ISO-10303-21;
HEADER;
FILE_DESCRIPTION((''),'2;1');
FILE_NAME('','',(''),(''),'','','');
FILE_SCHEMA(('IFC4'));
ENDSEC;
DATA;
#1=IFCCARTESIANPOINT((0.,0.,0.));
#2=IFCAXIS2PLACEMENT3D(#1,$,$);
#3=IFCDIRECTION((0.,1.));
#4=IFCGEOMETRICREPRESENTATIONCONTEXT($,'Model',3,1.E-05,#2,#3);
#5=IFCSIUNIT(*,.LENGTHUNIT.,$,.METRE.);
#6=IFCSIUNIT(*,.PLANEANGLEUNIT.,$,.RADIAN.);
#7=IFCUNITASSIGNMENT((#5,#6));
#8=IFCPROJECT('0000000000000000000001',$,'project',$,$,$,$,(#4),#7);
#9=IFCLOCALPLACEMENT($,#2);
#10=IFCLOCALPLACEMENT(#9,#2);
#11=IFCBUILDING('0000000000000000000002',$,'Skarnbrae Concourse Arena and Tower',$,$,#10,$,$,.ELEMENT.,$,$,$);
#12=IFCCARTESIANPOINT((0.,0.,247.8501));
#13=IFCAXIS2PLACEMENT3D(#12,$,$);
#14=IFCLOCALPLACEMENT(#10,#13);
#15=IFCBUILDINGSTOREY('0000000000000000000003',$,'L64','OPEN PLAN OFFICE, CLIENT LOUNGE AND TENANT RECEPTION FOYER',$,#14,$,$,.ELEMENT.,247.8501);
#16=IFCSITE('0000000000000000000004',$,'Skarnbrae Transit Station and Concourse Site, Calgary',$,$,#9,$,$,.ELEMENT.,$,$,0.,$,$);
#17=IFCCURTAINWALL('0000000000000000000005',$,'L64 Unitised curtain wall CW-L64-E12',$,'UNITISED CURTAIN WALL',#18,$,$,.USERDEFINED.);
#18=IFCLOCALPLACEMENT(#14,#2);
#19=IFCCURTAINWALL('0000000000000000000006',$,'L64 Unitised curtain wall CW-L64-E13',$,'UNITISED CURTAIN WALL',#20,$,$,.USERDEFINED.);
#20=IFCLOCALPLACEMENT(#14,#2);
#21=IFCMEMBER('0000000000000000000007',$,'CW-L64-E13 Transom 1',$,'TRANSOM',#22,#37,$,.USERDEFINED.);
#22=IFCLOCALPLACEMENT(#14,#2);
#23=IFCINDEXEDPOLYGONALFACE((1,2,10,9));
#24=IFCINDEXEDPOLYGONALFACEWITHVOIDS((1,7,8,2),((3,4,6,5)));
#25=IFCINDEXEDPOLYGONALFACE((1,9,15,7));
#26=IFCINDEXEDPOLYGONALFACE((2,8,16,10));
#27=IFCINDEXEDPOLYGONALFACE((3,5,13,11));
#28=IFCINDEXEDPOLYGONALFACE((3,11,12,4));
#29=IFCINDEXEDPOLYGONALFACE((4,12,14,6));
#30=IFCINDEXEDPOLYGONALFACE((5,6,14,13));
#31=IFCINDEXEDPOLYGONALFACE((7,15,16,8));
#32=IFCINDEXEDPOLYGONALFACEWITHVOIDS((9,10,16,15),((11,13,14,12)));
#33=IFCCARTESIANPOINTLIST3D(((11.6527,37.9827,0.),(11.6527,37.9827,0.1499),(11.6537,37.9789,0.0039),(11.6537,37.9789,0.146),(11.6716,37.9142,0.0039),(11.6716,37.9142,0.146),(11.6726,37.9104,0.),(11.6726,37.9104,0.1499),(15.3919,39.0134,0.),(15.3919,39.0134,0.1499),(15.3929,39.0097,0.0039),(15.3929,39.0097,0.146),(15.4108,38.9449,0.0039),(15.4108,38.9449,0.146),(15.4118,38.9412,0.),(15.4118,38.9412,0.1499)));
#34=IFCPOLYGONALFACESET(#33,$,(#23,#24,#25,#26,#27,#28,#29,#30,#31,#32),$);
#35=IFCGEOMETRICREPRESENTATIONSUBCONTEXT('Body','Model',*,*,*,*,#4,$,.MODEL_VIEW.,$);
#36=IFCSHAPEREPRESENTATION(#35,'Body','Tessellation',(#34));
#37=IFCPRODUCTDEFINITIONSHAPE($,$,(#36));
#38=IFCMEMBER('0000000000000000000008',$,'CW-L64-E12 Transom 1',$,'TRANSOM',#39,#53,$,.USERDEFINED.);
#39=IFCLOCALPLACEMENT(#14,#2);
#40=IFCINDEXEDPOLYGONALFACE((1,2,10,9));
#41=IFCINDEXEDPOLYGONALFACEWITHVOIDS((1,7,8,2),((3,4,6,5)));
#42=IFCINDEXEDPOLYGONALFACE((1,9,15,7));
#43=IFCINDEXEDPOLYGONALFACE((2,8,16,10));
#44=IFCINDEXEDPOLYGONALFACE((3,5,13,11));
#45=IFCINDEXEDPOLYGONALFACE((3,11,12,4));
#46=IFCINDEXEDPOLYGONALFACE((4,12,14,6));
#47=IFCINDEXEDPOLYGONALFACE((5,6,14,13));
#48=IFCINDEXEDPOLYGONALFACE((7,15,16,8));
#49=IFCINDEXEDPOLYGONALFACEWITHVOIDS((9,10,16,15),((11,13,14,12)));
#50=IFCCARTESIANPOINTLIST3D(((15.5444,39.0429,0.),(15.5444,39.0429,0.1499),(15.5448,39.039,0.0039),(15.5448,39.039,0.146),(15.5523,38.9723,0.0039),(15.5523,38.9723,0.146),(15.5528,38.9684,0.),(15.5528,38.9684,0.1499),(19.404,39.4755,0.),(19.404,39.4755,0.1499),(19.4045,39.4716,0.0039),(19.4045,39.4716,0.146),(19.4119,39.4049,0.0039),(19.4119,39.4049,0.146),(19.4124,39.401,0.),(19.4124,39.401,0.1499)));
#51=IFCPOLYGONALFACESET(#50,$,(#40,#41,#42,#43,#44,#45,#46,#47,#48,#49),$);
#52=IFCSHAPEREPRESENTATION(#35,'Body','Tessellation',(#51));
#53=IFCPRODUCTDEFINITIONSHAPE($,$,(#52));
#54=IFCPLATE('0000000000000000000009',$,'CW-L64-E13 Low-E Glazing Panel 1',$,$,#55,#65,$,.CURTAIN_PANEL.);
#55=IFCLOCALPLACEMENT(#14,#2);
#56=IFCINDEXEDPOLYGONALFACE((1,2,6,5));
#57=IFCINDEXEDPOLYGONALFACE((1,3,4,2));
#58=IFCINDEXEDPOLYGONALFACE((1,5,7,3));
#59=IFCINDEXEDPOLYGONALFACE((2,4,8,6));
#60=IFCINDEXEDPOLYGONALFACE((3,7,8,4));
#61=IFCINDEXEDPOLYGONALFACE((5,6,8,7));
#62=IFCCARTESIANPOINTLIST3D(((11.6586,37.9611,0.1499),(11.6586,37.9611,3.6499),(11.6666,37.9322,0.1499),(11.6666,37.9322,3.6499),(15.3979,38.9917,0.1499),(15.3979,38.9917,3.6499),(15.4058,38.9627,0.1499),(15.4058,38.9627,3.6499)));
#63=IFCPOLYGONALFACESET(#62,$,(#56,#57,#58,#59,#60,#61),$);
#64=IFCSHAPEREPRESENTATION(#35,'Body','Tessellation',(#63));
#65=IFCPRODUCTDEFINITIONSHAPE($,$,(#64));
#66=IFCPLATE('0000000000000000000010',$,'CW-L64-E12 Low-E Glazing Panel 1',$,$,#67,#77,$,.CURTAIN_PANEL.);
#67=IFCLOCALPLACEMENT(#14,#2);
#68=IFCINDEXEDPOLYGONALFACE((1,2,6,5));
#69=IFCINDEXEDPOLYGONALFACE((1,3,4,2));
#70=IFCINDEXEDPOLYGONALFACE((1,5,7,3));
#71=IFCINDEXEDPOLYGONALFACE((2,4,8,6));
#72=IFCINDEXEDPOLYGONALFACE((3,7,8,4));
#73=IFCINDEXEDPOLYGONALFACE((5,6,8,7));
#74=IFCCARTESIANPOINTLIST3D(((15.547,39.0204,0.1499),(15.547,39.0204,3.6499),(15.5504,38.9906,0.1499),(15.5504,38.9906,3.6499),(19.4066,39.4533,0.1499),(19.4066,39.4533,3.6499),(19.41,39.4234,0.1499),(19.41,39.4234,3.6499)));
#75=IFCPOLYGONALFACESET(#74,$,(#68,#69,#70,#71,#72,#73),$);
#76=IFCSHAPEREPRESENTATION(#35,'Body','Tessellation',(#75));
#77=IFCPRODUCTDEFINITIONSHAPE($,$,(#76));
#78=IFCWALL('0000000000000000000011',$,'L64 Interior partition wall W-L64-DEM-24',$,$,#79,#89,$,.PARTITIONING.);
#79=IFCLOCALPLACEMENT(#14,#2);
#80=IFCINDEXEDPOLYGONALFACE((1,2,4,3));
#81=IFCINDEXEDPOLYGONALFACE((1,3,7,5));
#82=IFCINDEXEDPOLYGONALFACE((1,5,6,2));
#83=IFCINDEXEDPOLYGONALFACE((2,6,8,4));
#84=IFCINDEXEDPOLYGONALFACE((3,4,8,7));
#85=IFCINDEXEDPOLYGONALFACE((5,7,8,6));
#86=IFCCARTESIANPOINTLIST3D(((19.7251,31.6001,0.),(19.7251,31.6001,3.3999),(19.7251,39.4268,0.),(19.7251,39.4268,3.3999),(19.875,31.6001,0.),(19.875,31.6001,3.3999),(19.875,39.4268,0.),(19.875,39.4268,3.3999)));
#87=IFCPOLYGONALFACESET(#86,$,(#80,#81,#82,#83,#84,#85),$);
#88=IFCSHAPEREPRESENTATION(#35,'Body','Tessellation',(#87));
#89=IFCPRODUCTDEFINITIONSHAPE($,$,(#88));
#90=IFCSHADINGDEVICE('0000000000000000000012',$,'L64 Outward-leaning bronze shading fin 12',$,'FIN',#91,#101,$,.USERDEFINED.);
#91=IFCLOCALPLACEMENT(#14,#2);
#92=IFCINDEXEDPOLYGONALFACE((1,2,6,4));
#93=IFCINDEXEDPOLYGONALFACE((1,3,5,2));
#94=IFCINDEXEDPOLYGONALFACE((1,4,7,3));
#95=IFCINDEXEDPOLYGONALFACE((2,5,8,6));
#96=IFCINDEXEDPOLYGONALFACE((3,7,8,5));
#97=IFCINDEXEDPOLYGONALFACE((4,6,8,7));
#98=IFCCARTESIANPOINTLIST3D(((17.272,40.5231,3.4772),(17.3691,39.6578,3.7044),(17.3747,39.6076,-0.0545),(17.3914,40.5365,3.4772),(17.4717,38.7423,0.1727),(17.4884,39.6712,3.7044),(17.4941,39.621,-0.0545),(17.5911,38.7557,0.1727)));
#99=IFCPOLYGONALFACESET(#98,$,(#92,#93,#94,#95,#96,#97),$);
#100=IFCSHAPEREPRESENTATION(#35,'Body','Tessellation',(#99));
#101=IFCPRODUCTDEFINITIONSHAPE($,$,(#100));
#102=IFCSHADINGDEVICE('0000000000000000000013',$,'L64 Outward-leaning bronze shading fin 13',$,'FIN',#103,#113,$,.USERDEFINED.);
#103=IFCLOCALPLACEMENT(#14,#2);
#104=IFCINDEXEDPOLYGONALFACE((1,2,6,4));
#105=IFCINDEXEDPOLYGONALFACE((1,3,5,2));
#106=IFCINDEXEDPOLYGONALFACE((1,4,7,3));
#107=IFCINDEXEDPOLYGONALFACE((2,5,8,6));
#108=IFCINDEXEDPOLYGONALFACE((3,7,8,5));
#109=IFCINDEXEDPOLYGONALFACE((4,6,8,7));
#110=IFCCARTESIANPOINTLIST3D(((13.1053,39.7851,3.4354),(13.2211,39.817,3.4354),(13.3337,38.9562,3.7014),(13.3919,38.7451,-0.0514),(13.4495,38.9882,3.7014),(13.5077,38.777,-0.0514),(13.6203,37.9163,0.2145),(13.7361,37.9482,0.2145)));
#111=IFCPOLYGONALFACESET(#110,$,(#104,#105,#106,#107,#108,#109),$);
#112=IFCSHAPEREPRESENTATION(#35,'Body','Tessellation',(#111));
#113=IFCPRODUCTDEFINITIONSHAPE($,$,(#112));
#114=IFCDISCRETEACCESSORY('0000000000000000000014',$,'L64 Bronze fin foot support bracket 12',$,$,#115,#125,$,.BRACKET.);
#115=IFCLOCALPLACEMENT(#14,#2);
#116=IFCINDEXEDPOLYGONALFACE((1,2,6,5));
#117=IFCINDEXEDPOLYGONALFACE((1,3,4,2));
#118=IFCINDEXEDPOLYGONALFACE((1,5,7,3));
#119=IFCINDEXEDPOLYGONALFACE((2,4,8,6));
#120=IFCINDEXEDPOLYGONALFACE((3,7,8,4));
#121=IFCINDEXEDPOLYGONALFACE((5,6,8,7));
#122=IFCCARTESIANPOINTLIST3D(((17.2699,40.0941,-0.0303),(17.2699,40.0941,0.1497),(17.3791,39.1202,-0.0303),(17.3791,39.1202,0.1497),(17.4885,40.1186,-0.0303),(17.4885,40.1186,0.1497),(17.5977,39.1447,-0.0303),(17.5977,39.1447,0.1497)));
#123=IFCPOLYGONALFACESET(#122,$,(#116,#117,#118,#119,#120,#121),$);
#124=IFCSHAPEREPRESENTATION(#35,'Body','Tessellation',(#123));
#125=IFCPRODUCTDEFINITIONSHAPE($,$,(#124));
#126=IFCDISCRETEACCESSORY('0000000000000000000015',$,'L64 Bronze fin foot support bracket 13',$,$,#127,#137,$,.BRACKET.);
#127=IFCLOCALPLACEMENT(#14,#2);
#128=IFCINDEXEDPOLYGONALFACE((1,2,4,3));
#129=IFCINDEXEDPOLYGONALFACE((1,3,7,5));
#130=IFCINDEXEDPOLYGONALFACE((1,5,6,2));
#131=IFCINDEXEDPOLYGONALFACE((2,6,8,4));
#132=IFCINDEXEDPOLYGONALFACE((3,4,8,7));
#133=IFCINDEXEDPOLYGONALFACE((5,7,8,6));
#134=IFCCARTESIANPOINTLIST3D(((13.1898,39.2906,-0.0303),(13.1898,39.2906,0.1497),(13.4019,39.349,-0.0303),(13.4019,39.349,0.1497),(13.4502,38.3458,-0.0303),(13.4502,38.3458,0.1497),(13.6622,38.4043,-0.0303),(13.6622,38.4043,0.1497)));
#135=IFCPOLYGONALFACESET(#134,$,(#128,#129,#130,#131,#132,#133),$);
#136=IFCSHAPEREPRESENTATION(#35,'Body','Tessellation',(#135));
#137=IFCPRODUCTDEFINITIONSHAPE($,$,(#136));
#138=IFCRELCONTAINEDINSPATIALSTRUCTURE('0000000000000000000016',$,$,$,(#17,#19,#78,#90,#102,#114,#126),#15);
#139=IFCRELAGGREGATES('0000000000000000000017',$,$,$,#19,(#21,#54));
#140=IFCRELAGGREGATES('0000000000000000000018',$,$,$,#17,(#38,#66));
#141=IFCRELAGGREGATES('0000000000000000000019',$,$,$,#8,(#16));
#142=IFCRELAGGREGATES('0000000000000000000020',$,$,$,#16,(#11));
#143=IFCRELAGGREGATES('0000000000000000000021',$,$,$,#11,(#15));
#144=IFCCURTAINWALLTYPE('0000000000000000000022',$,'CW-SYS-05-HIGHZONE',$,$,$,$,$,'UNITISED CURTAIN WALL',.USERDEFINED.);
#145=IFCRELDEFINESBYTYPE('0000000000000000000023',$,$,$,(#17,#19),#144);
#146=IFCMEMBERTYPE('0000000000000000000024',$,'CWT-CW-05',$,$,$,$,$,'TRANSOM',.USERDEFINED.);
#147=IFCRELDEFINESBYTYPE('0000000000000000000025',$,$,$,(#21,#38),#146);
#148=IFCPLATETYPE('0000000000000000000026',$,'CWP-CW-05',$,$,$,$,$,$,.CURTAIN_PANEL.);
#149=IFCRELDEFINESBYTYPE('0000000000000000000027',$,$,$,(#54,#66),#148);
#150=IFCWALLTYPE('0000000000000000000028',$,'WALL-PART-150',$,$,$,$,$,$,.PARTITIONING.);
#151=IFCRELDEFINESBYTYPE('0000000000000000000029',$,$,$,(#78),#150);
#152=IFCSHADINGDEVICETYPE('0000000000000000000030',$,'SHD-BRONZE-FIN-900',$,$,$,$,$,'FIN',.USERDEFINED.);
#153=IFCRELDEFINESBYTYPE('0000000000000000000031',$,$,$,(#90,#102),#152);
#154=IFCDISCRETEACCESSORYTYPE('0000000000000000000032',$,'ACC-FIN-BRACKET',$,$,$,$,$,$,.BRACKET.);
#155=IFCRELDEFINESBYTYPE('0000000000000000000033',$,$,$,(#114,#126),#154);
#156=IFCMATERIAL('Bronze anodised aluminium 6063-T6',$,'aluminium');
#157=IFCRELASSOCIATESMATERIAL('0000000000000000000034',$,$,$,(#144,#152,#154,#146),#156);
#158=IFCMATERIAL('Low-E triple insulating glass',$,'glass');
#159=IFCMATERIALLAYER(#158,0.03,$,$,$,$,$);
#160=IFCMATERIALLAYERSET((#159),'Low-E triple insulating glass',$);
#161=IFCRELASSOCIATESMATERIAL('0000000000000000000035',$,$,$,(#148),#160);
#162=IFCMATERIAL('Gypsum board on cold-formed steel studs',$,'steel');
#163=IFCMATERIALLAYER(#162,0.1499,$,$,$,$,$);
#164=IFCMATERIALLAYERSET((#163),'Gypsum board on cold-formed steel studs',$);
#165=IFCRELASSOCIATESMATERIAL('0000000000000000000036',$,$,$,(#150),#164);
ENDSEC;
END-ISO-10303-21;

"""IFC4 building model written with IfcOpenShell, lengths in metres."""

from ifc_helpers import new_model, si_unit, direction, frame, frame_2d, origin, origin_2d, place, context, subcontext, project, spatial, rectangle, hollow_rectangle, extrude, source, transform, mapped, material, layer, layer_set, material_profile, profile_set, type_object, element, aggregate, save


model = new_model("IFC4")

# Units and contexts
model_context = context("Model", 3, precision=1e-05, world=origin(), true_north=direction((0.0, 1.0)))
body_context = subcontext(model_context, "Body", "Model", "MODEL_VIEW")
ifc_project = project(units=[si_unit("LENGTHUNIT", "METRE"), si_unit("PLANEANGLEUNIT", "RADIAN")], contexts=[model_context])

# Site, building, storey
site_placement = place(None, origin())
site = spatial("IfcSite", under=ifc_project, at=site_placement, Name="Skarnbrae Transit Station and Concourse Site, Calgary", CompositionType="ELEMENT", RefElevation=0.0)
building_placement = place(site_placement, origin())
building = spatial("IfcBuilding", under=site, at=building_placement, Name="Skarnbrae Concourse Arena and Tower", CompositionType="ELEMENT")
storey_placement = place(building_placement, frame((0.0, 0.0, 247.8501)))
storey = spatial("IfcBuildingStorey", under=building, at=storey_placement, Name="L64", Description="OPEN PLAN OFFICE, CLIENT LOUNGE AND TENANT RECEPTION FOYER", CompositionType="ELEMENT", Elevation=247.8501)

# Shared definitions
ifc_material_1 = material(Name="Bronze anodised aluminium 6063-T6", Category="aluminium")
curtain_wall_type = type_object("IfcCurtainWallType", Name="CW-SYS-05-HIGHZONE", ElementType="UNITISED CURTAIN WALL", PredefinedType="USERDEFINED", material=ifc_material_1)

# Curtain walls
curtain_wall_1_placement = place(storey_placement, origin())
curtain_wall_1 = element("IfcCurtainWall", 1, at=curtain_wall_1_placement, inside=storey, type_object=curtain_wall_type, Name="L64 Unitised curtain wall CW-L64-E12", ObjectType="UNITISED CURTAIN WALL", PredefinedType="USERDEFINED")
curtain_wall_2_placement = place(storey_placement, origin())
curtain_wall_2 = element("IfcCurtainWall", 2, at=curtain_wall_2_placement, inside=storey, type_object=curtain_wall_type, Name="L64 Unitised curtain wall CW-L64-E13", ObjectType="UNITISED CURTAIN WALL", PredefinedType="USERDEFINED")
ifc_material_profile_1 = material_profile(ifc_material_1, hollow_rectangle(XDim=0.075, YDim=0.1499, WallThickness=0.0039, at=origin_2d()), Name="ALU-TRAN-75X150")
ifc_profile_set_1 = profile_set([ifc_material_profile_1], Name="Bronze anodised aluminium 6063-T6")
member_type_1 = type_object("IfcMemberType", Name="CWT-CW-05", ElementType="TRANSOM", PredefinedType="USERDEFINED", material=ifc_profile_set_1)

# Members
shared_shape_1 = source(origin(), body_context, "Body", "SweptSolid", [
    extrude(hollow_rectangle(XDim=0.075, YDim=0.1499, WallThickness=0.0039, at=origin_2d()), origin(), (0.0, 0.0, 1.0), 3.8787),
])
member_1_placement = place(storey_placement, frame((15.4019, 38.9773, 0.075), z_axis=(-0.964043, -0.265747, 0.0), x_axis=(0.265747, -0.964043, 0.0)))
member_1 = element("IfcMember", 3, at=member_1_placement, type_object=member_type_1, Name="CW-L64-E13 Transom 1", ObjectType="TRANSOM", PredefinedType="USERDEFINED", context=body_context, shape_type="MappedRepresentation", body=[
    mapped(shared_shape_1, transform((0.0, 0.0, 0.0))),
])
shared_shape_2 = source(origin(), body_context, "Body", "SweptSolid", [
    extrude(hollow_rectangle(XDim=0.075, YDim=0.1499, WallThickness=0.0039, at=origin_2d()), origin(), (0.0, 0.0, 1.0), 3.8838),
])
member_2_placement = place(storey_placement, frame((19.4082, 39.4382, 0.075), z_axis=(-0.993777, -0.11139, 0.0), x_axis=(0.11139, -0.993777, 0.0)))
member_2 = element("IfcMember", 4, at=member_2_placement, type_object=member_type_1, Name="CW-L64-E12 Transom 1", ObjectType="TRANSOM", PredefinedType="USERDEFINED", context=body_context, shape_type="MappedRepresentation", body=[
    mapped(shared_shape_2, transform((0.0, 0.0, 0.0))),
])

# Plates
ifc_material_2 = material(Name="Low-E triple insulating glass", Category="glass")
ifc_layer_1 = layer(ifc_material_2, 0.03)
ifc_layer_set_1 = layer_set([ifc_layer_1], Name="Low-E triple insulating glass")
plate_type = type_object("IfcPlateType", Name="CWP-CW-05", PredefinedType="CURTAIN_PANEL", material=ifc_layer_set_1)
shared_shape_3 = source(origin(), body_context, "Body", "SweptSolid", [
    extrude(rectangle(XDim=3.8787, YDim=0.03, at=origin_2d()), origin(), (0.0, 0.0, 1.0), 3.5),
])
plate_1_placement = place(storey_placement, frame((13.5322, 38.4619, 0.1499), z_axis=(0.0, 0.0, 1.0), x_axis=(-0.964057, -0.265694, 0.0)))
plate_1 = element("IfcPlate", 5, at=plate_1_placement, type_object=plate_type, Name="CW-L64-E13 Low-E Glazing Panel 1", PredefinedType="CURTAIN_PANEL", context=body_context, shape_type="MappedRepresentation", body=[
    mapped(shared_shape_3, transform((0.0, 0.0, 0.0))),
])
aggregate(curtain_wall_2, [member_1, plate_1])
shared_shape_4 = source(origin(), body_context, "Body", "SweptSolid", [
    extrude(rectangle(XDim=3.8838, YDim=0.03, at=origin_2d()), origin(), (0.0, 0.0, 1.0), 3.5),
])
plate_2_placement = place(storey_placement, frame((17.4785, 39.2219, 0.1499), z_axis=(0.0, 0.0, 1.0), x_axis=(-0.993769, -0.11146, 0.0)))
plate_2 = element("IfcPlate", 6, at=plate_2_placement, type_object=plate_type, Name="CW-L64-E12 Low-E Glazing Panel 1", PredefinedType="CURTAIN_PANEL", context=body_context, shape_type="MappedRepresentation", body=[
    mapped(shared_shape_4, transform((0.0, 0.0, 0.0))),
])
aggregate(curtain_wall_1, [member_2, plate_2])

# Wall
ifc_material_3 = material(Name="Gypsum board on cold-formed steel studs", Category="steel")
ifc_layer_2 = layer(ifc_material_3, 0.1499)
ifc_layer_set_2 = layer_set([ifc_layer_2], Name="Gypsum board on cold-formed steel studs")
wall_type = type_object("IfcWallType", Name="WALL-PART-150", PredefinedType="PARTITIONING", material=ifc_layer_set_2)
shared_shape_5 = source(origin(), body_context, "Body", "SweptSolid", [
    extrude(rectangle(XDim=7.8267, YDim=0.1499, at=frame_2d((3.9133, 0.0))), origin(), (0.0, 0.0, 1.0), 3.3999),
])
wall_placement = place(storey_placement, frame((19.8, 39.4268, 0.0), z_axis=(0.0, 0.0, 1.0), x_axis=(0.0, -1.0, 0.0)))
element("IfcWall", 7, at=wall_placement, inside=storey, type_object=wall_type, Name="L64 Interior partition wall W-L64-DEM-24", PredefinedType="PARTITIONING", context=body_context, shape_type="MappedRepresentation", body=[
    mapped(shared_shape_5, transform((0.0, 0.0, 0.0))),
])

# Shading devices
shading_device_type = type_object("IfcShadingDeviceType", Name="SHD-BRONZE-FIN-900", ElementType="FIN", PredefinedType="USERDEFINED", material=ifc_material_1)
shared_shape_6 = source(origin(), body_context, "Body", "SweptSolid", [
    extrude(rectangle(XDim=0.1201, YDim=0.8999, at=origin_2d()), origin(), (0.0, 0.0, 1.0), 3.6499),
])
for number, where, z_axis, x_axis, name in (
    (8, (17.4829, 39.1816, 0.0591), (-0.028131, 0.250835, 0.967621), (0.99377, 0.111452, 0.0), "L64 Outward-leaning bronze shading fin 12"),
    (9, (13.564, 38.3467, 0.0815), (-0.078523, 0.284919, 0.95533), (0.964058, 0.265691, 0.0), "L64 Outward-leaning bronze shading fin 13"),
):
    element("IfcShadingDevice", number, at=place(storey_placement, frame(where, z_axis=z_axis, x_axis=x_axis)), inside=storey, type_object=shading_device_type, Name=name, ObjectType="FIN", PredefinedType="USERDEFINED", context=body_context, shape_type="MappedRepresentation", body=[
        mapped(shared_shape_6, transform((0.0, 0.0, 0.0))),
    ])

# Discrete accessories
discrete_accessory_type = type_object("IfcDiscreteAccessoryType", Name="ACC-FIN-BRACKET", PredefinedType="BRACKET", material=ifc_material_1)
shared_shape_7 = source(origin(), body_context, "Body", "SweptSolid", [
    extrude(rectangle(XDim=0.22, YDim=0.98, at=origin_2d()), origin(), (0.0, 0.0, 1.0), 0.1799),
])
for number, where, z_axis, x_axis, name in (
    (10, (17.4338, 39.6194, -0.0303), (0.0, 0.0, 1.0), (0.99377, 0.111452, 0.0), "L64 Bronze fin foot support bracket 12"),
    (11, (13.426, 38.8474, -0.0303), (0.0, 0.0, 1.0), (0.964058, 0.265691, 0.0), "L64 Bronze fin foot support bracket 13"),
):
    element("IfcDiscreteAccessory", number, at=place(storey_placement, frame(where, z_axis=z_axis, x_axis=x_axis)), inside=storey, type_object=discrete_accessory_type, Name=name, PredefinedType="BRACKET", context=body_context, shape_type="MappedRepresentation", body=[
        mapped(shared_shape_7, transform((0.0, 0.0, 0.0))),
    ])

save(model, "model.ifc")
